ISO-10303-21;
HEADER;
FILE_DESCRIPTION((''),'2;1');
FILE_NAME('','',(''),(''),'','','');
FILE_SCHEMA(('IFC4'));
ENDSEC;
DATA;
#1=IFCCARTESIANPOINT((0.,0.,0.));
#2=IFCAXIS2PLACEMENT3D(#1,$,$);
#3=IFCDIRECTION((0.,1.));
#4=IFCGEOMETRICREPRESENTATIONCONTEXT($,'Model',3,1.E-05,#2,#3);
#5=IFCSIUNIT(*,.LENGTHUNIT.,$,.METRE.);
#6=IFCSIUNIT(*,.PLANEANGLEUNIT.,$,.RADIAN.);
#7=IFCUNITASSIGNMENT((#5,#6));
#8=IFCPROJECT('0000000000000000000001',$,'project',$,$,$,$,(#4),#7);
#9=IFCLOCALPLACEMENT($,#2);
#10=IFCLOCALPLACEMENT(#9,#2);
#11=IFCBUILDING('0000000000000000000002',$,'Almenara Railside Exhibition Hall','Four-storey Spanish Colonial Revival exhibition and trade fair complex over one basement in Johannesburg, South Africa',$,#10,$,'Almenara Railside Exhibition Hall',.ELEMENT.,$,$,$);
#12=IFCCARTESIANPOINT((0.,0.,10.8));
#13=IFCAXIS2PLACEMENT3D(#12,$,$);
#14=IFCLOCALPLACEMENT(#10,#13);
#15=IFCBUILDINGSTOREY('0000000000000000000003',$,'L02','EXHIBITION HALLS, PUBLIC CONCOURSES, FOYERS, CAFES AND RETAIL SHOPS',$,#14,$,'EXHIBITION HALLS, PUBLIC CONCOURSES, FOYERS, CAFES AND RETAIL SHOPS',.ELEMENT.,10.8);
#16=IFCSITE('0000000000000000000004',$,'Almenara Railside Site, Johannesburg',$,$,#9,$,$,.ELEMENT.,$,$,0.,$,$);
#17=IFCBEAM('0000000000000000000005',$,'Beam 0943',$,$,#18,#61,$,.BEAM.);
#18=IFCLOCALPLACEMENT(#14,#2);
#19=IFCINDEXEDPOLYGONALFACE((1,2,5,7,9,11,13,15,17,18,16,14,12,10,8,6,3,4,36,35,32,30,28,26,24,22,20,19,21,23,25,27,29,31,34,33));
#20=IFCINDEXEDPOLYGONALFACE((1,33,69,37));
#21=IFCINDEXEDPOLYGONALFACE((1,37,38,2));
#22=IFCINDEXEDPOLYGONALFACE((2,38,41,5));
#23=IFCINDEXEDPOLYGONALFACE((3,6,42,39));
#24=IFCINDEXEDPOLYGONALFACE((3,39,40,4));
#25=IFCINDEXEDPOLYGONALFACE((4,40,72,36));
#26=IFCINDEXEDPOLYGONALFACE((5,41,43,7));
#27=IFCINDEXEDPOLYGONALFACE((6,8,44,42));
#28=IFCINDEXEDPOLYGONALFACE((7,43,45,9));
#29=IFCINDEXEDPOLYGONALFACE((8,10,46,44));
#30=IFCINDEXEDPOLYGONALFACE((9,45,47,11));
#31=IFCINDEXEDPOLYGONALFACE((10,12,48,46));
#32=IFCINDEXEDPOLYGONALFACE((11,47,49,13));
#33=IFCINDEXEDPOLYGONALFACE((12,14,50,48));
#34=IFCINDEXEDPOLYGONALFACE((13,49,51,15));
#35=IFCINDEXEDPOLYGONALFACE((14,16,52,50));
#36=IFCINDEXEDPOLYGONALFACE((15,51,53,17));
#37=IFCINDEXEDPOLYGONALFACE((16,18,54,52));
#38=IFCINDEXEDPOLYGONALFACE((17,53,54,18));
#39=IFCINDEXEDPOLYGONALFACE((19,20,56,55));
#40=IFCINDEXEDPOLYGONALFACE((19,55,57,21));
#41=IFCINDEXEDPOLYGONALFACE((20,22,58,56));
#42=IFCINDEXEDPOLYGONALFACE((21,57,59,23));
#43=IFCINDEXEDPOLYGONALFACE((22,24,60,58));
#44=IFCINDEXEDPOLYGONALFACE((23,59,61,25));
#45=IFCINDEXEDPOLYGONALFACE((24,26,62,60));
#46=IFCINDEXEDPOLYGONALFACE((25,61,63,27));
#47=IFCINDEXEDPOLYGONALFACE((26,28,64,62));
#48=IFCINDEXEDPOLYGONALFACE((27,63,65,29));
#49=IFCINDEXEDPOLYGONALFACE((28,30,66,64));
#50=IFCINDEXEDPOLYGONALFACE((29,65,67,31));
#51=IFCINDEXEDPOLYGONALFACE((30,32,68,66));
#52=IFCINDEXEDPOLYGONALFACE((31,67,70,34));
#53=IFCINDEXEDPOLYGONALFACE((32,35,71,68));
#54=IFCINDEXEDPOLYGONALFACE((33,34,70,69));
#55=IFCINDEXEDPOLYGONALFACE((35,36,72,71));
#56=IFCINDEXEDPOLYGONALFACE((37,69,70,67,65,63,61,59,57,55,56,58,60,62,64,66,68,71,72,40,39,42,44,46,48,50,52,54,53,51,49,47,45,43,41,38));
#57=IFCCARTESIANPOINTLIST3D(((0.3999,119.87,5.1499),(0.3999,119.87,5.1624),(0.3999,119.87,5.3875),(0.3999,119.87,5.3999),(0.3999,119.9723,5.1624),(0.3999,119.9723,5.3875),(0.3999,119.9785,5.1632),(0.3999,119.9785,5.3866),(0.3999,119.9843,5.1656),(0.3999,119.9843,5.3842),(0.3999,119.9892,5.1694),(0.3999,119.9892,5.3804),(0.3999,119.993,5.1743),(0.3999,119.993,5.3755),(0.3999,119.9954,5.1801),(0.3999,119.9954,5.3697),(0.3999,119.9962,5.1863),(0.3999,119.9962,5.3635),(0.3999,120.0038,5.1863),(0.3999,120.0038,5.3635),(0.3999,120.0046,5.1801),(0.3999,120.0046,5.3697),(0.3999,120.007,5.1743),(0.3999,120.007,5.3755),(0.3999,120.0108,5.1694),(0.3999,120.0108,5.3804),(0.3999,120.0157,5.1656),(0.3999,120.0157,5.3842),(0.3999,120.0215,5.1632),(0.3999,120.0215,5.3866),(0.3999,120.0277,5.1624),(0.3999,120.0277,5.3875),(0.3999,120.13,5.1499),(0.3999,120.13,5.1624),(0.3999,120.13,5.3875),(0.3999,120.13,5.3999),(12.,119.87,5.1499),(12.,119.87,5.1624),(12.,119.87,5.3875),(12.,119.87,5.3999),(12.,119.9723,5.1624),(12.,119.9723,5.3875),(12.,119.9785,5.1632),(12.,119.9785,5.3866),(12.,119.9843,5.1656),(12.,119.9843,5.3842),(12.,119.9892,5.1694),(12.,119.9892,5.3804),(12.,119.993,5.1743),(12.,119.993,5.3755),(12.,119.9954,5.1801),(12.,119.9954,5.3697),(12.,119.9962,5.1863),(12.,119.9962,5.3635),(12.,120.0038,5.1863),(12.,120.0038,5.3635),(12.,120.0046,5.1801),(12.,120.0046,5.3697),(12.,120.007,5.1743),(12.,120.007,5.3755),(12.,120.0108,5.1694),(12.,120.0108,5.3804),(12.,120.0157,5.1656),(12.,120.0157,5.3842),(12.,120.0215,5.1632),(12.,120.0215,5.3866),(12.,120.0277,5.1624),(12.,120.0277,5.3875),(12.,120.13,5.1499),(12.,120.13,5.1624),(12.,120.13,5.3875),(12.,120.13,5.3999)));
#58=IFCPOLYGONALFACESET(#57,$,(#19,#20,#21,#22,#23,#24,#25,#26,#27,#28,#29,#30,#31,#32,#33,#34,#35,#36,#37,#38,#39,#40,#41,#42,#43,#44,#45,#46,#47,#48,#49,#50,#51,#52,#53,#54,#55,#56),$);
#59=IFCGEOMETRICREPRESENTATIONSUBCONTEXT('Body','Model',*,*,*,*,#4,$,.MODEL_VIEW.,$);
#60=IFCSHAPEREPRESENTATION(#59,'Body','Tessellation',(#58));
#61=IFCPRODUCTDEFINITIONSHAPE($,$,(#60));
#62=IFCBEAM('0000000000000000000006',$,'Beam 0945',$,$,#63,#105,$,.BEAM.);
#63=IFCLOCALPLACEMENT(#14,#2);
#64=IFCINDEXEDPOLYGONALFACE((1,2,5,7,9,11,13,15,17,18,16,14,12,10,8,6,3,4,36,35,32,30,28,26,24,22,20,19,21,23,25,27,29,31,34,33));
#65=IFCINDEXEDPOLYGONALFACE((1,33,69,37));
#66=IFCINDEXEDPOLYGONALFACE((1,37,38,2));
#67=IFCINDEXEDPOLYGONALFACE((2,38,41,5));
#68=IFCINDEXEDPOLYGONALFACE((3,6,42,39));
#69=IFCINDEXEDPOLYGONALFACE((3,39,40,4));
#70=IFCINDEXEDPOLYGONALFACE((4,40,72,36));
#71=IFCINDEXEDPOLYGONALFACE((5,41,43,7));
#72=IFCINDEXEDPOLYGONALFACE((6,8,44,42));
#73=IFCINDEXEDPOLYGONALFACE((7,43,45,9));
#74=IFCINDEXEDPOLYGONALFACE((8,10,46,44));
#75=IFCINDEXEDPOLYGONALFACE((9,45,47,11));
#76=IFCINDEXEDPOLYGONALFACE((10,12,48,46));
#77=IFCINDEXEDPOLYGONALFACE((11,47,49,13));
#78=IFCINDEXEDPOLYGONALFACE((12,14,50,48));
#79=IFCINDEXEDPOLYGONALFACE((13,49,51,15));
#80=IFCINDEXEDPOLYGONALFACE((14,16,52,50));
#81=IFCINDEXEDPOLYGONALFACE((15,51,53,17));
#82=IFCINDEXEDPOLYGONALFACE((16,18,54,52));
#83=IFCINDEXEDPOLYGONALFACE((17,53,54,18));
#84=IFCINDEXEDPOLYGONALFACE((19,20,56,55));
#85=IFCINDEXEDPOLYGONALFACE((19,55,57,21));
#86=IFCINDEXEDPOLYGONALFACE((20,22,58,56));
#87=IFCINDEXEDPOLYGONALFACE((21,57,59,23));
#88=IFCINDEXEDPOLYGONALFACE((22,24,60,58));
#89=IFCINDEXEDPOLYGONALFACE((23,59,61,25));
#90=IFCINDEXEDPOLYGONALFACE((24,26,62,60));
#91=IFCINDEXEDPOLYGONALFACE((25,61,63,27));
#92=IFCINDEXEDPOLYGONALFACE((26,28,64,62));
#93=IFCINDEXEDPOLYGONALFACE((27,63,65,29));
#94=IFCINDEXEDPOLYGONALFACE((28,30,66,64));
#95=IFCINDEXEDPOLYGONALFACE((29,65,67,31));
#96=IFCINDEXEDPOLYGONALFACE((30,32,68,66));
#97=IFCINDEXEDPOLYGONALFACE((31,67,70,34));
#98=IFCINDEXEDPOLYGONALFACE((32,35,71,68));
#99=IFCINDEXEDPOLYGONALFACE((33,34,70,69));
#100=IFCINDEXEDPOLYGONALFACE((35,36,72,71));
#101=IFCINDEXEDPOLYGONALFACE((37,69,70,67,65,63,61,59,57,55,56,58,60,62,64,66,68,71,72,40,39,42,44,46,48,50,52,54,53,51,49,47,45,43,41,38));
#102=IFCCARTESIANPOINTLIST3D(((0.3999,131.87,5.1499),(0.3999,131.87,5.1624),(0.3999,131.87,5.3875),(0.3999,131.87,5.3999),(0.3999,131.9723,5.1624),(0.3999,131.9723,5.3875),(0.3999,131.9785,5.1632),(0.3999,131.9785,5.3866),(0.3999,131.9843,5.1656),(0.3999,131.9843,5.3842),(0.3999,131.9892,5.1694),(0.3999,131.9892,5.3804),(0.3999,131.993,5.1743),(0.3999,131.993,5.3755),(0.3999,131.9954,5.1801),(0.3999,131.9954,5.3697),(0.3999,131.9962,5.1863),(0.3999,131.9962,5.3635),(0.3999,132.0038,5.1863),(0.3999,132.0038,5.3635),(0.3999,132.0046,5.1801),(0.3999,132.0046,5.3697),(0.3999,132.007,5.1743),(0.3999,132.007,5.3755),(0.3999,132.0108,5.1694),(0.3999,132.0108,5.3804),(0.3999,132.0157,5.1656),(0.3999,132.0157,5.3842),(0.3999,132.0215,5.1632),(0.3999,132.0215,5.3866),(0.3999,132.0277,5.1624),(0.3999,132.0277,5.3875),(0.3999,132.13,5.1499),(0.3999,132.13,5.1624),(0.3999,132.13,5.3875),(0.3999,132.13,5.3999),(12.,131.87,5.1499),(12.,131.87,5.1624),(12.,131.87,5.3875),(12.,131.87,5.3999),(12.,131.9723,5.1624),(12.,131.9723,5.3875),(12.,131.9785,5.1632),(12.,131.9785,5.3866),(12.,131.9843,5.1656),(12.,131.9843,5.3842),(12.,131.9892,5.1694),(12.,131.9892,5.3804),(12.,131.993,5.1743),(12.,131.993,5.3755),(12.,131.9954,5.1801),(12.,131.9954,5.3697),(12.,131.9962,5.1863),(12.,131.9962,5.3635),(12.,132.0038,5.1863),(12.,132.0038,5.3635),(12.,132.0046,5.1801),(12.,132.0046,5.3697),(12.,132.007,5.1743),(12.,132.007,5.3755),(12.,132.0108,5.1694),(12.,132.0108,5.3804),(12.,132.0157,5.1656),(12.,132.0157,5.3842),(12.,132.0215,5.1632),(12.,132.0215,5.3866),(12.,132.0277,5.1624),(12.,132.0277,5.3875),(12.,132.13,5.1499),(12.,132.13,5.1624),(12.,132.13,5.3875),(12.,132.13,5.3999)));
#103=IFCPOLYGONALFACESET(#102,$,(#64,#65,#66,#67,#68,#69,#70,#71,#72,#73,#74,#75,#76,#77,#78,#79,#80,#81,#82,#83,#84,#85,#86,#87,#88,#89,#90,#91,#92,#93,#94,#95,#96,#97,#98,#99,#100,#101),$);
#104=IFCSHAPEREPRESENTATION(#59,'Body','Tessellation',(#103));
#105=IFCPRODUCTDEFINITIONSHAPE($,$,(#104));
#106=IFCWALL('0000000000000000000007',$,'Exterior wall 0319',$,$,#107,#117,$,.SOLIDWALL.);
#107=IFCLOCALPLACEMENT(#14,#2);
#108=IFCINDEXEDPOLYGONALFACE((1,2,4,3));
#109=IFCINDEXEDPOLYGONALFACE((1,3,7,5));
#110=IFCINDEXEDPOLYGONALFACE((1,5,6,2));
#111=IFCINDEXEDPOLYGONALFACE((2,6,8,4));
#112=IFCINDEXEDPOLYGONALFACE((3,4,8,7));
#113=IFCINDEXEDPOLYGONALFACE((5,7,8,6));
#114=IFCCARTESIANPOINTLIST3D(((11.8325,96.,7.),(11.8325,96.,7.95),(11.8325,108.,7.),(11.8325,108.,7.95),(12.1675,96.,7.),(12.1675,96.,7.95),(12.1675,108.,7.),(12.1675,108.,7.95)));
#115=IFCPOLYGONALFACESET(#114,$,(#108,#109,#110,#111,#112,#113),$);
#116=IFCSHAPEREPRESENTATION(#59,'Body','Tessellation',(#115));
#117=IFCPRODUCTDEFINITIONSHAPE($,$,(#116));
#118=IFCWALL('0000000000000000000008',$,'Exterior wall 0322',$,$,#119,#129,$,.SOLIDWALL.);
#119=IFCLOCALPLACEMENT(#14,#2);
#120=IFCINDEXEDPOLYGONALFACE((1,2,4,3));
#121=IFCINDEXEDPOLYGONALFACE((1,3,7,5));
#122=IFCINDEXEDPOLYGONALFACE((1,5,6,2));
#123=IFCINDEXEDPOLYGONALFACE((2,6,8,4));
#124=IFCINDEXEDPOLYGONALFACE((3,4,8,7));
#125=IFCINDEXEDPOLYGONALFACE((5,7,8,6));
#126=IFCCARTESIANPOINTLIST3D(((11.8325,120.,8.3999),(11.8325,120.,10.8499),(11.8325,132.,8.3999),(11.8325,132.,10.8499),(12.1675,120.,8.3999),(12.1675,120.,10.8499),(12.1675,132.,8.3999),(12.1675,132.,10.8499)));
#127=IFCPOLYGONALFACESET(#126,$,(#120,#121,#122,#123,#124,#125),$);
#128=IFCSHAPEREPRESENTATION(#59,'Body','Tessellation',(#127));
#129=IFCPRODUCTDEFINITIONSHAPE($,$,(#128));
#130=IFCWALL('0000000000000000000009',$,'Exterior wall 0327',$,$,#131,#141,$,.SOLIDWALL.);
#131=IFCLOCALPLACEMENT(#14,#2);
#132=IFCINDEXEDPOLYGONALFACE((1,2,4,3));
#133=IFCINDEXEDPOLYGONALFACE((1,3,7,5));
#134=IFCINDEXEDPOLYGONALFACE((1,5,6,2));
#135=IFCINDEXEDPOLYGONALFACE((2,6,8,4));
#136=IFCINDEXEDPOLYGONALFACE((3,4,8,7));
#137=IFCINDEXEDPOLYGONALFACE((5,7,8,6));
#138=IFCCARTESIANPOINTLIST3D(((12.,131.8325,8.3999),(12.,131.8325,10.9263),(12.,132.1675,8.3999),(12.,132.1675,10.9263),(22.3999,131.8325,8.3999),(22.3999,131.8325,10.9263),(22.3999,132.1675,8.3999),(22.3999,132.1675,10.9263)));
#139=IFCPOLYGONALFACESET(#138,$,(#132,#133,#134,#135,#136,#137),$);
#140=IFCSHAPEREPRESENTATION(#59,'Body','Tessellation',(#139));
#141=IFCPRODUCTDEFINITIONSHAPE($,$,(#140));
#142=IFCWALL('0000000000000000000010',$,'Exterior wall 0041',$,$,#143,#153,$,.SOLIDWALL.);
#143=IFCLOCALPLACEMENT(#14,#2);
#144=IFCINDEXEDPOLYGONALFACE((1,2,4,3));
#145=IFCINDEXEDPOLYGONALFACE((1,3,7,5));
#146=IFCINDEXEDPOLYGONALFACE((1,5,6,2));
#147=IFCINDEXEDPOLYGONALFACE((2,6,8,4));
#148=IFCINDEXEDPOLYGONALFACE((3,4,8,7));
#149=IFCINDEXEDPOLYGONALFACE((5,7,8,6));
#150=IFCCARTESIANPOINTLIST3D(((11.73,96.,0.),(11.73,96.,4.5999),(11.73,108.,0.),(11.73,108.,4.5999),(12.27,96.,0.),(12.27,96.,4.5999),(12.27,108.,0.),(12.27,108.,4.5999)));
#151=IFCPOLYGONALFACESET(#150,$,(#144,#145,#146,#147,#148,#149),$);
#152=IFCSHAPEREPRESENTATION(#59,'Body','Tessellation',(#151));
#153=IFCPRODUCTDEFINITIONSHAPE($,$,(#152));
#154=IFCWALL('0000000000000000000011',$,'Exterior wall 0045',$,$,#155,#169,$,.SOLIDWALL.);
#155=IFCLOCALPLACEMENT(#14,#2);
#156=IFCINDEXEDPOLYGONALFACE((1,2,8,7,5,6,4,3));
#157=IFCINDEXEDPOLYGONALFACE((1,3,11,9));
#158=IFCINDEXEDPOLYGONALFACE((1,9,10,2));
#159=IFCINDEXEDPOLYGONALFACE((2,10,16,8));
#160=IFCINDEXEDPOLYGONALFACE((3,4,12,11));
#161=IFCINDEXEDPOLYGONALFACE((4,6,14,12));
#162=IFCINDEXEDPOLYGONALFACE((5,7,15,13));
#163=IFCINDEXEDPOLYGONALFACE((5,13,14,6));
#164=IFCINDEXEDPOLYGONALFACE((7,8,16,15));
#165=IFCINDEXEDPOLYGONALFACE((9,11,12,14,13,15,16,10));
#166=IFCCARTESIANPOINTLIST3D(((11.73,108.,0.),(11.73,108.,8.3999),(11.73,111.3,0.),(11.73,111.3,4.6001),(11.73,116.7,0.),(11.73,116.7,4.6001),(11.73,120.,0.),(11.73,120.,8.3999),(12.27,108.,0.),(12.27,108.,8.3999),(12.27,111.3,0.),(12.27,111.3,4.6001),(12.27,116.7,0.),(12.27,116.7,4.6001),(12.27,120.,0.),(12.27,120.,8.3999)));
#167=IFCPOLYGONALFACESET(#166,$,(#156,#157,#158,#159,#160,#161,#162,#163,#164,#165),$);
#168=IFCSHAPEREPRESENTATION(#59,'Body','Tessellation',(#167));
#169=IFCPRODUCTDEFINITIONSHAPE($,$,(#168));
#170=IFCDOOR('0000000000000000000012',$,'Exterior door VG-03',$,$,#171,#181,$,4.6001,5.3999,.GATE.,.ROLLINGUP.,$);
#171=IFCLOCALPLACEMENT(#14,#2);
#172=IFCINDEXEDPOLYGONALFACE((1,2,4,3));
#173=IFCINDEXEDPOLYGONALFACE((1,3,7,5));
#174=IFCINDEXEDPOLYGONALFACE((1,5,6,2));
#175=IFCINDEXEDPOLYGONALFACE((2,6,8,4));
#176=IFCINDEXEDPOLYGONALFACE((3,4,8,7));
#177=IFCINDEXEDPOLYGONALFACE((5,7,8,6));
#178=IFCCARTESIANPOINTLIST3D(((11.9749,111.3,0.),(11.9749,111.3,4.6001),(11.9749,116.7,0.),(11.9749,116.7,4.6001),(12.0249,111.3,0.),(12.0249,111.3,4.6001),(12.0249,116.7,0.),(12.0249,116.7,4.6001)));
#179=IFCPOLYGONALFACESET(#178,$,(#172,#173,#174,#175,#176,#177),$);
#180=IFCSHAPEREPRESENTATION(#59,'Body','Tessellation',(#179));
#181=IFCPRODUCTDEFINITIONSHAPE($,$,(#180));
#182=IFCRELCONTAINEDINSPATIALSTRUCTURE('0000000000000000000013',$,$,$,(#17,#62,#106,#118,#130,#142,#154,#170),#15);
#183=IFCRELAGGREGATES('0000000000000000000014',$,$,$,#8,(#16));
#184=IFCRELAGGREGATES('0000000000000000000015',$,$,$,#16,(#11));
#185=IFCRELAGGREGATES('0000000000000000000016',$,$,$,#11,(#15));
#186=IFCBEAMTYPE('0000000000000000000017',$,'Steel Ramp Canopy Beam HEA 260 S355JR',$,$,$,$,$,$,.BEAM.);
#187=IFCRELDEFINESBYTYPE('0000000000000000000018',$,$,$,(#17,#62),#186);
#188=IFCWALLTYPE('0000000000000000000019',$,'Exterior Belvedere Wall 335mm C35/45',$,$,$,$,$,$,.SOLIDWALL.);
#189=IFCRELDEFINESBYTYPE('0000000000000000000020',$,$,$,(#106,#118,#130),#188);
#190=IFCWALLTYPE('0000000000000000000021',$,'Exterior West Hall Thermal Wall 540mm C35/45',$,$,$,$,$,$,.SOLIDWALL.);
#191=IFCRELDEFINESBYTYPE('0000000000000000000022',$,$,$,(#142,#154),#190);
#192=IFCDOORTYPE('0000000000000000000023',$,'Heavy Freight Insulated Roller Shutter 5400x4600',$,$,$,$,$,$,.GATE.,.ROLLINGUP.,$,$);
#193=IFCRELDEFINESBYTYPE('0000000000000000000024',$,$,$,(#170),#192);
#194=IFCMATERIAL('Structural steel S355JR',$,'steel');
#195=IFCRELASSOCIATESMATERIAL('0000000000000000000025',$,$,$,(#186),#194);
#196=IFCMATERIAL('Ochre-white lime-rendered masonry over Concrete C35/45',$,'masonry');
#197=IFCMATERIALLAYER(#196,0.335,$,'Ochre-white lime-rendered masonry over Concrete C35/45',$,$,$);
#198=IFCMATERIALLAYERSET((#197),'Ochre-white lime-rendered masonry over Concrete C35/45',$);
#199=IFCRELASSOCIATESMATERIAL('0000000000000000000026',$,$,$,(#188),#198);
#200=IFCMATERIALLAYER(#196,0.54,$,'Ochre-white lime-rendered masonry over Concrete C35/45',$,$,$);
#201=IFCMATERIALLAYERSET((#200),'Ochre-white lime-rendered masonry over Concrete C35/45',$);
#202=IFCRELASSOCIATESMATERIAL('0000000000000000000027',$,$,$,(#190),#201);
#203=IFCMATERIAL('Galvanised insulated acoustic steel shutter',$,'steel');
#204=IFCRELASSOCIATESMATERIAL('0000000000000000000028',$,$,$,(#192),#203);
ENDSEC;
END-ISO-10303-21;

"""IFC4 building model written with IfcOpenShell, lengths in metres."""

from ifc_helpers import new_model, si_unit, direction, frame, frame_2d, origin, origin_2d, place, context, subcontext, project, spatial, rectangle, i_section, extrude, material, layer, layer_set, material_profile, profile_set, type_object, element, fill, save


model = new_model("IFC4")

# Units and contexts
model_context = context("Model", 3, precision=1e-05, world=origin(), true_north=direction((0.0, 1.0)))
body_context = subcontext(model_context, "Body", "Model", "MODEL_VIEW")
ifc_project = project(units=[si_unit("LENGTHUNIT", "METRE"), si_unit("PLANEANGLEUNIT", "RADIAN")], contexts=[model_context])

# Site, building, storey
site_placement = place(None, origin())
site = spatial("IfcSite", under=ifc_project, at=site_placement, Name="Almenara Railside Site, Johannesburg", CompositionType="ELEMENT", RefElevation=0.0)
building_placement = place(site_placement, origin())
building = spatial("IfcBuilding", under=site, at=building_placement, Name="Almenara Railside Exhibition Hall", Description="Four-storey Spanish Colonial Revival exhibition and trade fair complex over one basement in Johannesburg, South Africa", LongName="Almenara Railside Exhibition Hall", CompositionType="ELEMENT")
storey_placement = place(building_placement, frame((0.0, 0.0, 10.8)))
storey = spatial("IfcBuildingStorey", under=building, at=storey_placement, Name="L02", Description="EXHIBITION HALLS, PUBLIC CONCOURSES, FOYERS, CAFES AND RETAIL SHOPS", LongName="EXHIBITION HALLS, PUBLIC CONCOURSES, FOYERS, CAFES AND RETAIL SHOPS", CompositionType="ELEMENT", Elevation=10.8)

# Shared definitions
ifc_material_1 = material(Name="Structural steel S355JR", Category="steel")

# Beams
ifc_material_profile_1 = material_profile(ifc_material_1, i_section(OverallWidth=0.26, OverallDepth=0.25, WebThickness=0.0076, FlangeThickness=0.0125, FilletRadius=0.0239, at=origin_2d()), Name="HEA 260")
ifc_profile_set_1 = profile_set([ifc_material_profile_1], Name="Structural steel S355JR")
beam_type_1 = type_object("IfcBeamType", Name="Steel Ramp Canopy Beam HEA 260 S355JR", PredefinedType="BEAM", material=ifc_profile_set_1)
for number, where, z_axis, x_axis, name in (
    (1, (0.3999, 120.0, 5.2749), (1.0, 0.0, 0.0), (0.0, 1.0, 0.0), "Beam 0943"),
    (2, (0.3999, 132.0, 5.2749), (1.0, 0.0, 0.0), (0.0, 1.0, 0.0), "Beam 0945"),
):
    element("IfcBeam", number, at=place(storey_placement, frame(where, z_axis=z_axis, x_axis=x_axis)), inside=storey, type_object=beam_type_1, Name=name, PredefinedType="BEAM", context=body_context, shape_type="SweptSolid", body=[
        extrude(i_section(OverallWidth=0.26, OverallDepth=0.25, WebThickness=0.0076, FlangeThickness=0.0125, FilletRadius=0.0239, at=origin_2d()), origin(), (0.0, 0.0, 1.0), 11.6001),
    ])

# Walls
ifc_material_2 = material(Name="Ochre-white lime-rendered masonry over Concrete C35/45", Category="masonry")
ifc_layer_1 = layer(ifc_material_2, 0.335, Name="Ochre-white lime-rendered masonry over Concrete C35/45")
ifc_layer_set_1 = layer_set([ifc_layer_1], Name="Ochre-white lime-rendered masonry over Concrete C35/45")
wall_type_1 = type_object("IfcWallType", Name="Exterior Belvedere Wall 335mm C35/45", PredefinedType="SOLIDWALL", material=ifc_layer_set_1)
wall_1_placement = place(storey_placement, frame((12.0, 108.0, 7.0), z_axis=(0.0, 0.0, 1.0), x_axis=(0.0, -1.0, 0.0)))
element("IfcWall", 3, at=wall_1_placement, inside=storey, type_object=wall_type_1, Name="Exterior wall 0319", PredefinedType="SOLIDWALL", context=body_context, shape_type="SweptSolid", body=[
    extrude(rectangle(XDim=12.0, YDim=0.335, at=frame_2d((6.0, 0.0))), origin(), (0.0, 0.0, 1.0), 0.95),
])
wall_2_placement = place(storey_placement, frame((12.0, 132.0, 8.3999), z_axis=(0.0, 0.0, 1.0), x_axis=(0.0, -1.0, 0.0)))
element("IfcWall", 4, at=wall_2_placement, inside=storey, type_object=wall_type_1, Name="Exterior wall 0322", PredefinedType="SOLIDWALL", context=body_context, shape_type="SweptSolid", body=[
    extrude(rectangle(XDim=12.0, YDim=0.335, at=frame_2d((6.0, 0.0))), origin(), (0.0, 0.0, 1.0), 2.45),
])
wall_3_placement = place(storey_placement, frame((12.0, 132.0, 8.3999), z_axis=(0.0, 0.0, 1.0), x_axis=(1.0, 0.0, 0.0)))
element("IfcWall", 5, at=wall_3_placement, inside=storey, type_object=wall_type_1, Name="Exterior wall 0327", PredefinedType="SOLIDWALL", context=body_context, shape_type="SweptSolid", body=[
    extrude(rectangle(XDim=10.3999, YDim=0.335, at=frame_2d((5.2, 0.0))), origin(), (0.0, 0.0, 1.0), 2.5264),
])
ifc_layer_2 = layer(ifc_material_2, 0.54, Name="Ochre-white lime-rendered masonry over Concrete C35/45")
ifc_layer_set_2 = layer_set([ifc_layer_2], Name="Ochre-white lime-rendered masonry over Concrete C35/45")
wall_type_2 = type_object("IfcWallType", Name="Exterior West Hall Thermal Wall 540mm C35/45", PredefinedType="SOLIDWALL", material=ifc_layer_set_2)
wall_4_placement = place(storey_placement, frame((12.0, 108.0, 0.0), z_axis=(0.0, 0.0, 1.0), x_axis=(0.0, -1.0, 0.0)))
element("IfcWall", 6, at=wall_4_placement, inside=storey, type_object=wall_type_2, Name="Exterior wall 0041", PredefinedType="SOLIDWALL", context=body_context, shape_type="SweptSolid", body=[
    extrude(rectangle(XDim=12.0, YDim=0.54, at=frame_2d((6.0, 0.0))), origin(), (0.0, 0.0, 1.0), 4.5999),
])

# Wall, opening, door
wall_5_placement = place(storey_placement, frame((12.0, 120.0, 0.0), z_axis=(0.0, 0.0, 1.0), x_axis=(0.0, -1.0, 0.0)))
wall_5 = element("IfcWall", 7, at=wall_5_placement, inside=storey, type_object=wall_type_2, Name="Exterior wall 0045", PredefinedType="SOLIDWALL", context=body_context, shape_type="SweptSolid", body=[
    extrude(rectangle(XDim=12.0, YDim=0.54, at=frame_2d((6.0, 0.0))), origin(), (0.0, 0.0, 1.0), 8.3999),
])
opening_1_placement = place(wall_5_placement, frame((3.3, 0.0, 0.0)))
opening_1 = element("IfcOpeningElement", 8, at=opening_1_placement, cuts=wall_5, PredefinedType="OPENING", context=body_context, shape_type="SweptSolid", body=[
    extrude(rectangle(XDim=5.3999, YDim=4.6001, at=frame_2d((2.7, 2.3))), frame((0.0, 0.28, 0.0), z_axis=(0.0, -1.0, 0.0), x_axis=(1.0, 0.0, 0.0)), (0.0, 0.0, 1.0), 0.5601),
])
ifc_material_3 = material(Name="Galvanised insulated acoustic steel shutter", Category="steel")
door_type_1 = type_object("IfcDoorType", Name="Heavy Freight Insulated Roller Shutter 5400x4600", OperationType="ROLLINGUP", PredefinedType="GATE", material=ifc_material_3)
door_1_placement = place(opening_1_placement, origin())
door_1 = element("IfcDoor", 9, at=door_1_placement, inside=storey, type_object=door_type_1, Name="Exterior door VG-03", OperationType="ROLLINGUP", OverallHeight=4.6001, OverallWidth=5.3999, PredefinedType="GATE", context=body_context, shape_type="SweptSolid", body=[
    extrude(rectangle(XDim=5.3999, YDim=4.6001, at=frame_2d((2.7, 2.3))), frame((0.0, 0.0249, 0.0), z_axis=(0.0, -1.0, 0.0), x_axis=(1.0, 0.0, 0.0)), (0.0, 0.0, 1.0), 0.05),
])
fill(opening_1, door_1)

save(model, "model.ifc")
